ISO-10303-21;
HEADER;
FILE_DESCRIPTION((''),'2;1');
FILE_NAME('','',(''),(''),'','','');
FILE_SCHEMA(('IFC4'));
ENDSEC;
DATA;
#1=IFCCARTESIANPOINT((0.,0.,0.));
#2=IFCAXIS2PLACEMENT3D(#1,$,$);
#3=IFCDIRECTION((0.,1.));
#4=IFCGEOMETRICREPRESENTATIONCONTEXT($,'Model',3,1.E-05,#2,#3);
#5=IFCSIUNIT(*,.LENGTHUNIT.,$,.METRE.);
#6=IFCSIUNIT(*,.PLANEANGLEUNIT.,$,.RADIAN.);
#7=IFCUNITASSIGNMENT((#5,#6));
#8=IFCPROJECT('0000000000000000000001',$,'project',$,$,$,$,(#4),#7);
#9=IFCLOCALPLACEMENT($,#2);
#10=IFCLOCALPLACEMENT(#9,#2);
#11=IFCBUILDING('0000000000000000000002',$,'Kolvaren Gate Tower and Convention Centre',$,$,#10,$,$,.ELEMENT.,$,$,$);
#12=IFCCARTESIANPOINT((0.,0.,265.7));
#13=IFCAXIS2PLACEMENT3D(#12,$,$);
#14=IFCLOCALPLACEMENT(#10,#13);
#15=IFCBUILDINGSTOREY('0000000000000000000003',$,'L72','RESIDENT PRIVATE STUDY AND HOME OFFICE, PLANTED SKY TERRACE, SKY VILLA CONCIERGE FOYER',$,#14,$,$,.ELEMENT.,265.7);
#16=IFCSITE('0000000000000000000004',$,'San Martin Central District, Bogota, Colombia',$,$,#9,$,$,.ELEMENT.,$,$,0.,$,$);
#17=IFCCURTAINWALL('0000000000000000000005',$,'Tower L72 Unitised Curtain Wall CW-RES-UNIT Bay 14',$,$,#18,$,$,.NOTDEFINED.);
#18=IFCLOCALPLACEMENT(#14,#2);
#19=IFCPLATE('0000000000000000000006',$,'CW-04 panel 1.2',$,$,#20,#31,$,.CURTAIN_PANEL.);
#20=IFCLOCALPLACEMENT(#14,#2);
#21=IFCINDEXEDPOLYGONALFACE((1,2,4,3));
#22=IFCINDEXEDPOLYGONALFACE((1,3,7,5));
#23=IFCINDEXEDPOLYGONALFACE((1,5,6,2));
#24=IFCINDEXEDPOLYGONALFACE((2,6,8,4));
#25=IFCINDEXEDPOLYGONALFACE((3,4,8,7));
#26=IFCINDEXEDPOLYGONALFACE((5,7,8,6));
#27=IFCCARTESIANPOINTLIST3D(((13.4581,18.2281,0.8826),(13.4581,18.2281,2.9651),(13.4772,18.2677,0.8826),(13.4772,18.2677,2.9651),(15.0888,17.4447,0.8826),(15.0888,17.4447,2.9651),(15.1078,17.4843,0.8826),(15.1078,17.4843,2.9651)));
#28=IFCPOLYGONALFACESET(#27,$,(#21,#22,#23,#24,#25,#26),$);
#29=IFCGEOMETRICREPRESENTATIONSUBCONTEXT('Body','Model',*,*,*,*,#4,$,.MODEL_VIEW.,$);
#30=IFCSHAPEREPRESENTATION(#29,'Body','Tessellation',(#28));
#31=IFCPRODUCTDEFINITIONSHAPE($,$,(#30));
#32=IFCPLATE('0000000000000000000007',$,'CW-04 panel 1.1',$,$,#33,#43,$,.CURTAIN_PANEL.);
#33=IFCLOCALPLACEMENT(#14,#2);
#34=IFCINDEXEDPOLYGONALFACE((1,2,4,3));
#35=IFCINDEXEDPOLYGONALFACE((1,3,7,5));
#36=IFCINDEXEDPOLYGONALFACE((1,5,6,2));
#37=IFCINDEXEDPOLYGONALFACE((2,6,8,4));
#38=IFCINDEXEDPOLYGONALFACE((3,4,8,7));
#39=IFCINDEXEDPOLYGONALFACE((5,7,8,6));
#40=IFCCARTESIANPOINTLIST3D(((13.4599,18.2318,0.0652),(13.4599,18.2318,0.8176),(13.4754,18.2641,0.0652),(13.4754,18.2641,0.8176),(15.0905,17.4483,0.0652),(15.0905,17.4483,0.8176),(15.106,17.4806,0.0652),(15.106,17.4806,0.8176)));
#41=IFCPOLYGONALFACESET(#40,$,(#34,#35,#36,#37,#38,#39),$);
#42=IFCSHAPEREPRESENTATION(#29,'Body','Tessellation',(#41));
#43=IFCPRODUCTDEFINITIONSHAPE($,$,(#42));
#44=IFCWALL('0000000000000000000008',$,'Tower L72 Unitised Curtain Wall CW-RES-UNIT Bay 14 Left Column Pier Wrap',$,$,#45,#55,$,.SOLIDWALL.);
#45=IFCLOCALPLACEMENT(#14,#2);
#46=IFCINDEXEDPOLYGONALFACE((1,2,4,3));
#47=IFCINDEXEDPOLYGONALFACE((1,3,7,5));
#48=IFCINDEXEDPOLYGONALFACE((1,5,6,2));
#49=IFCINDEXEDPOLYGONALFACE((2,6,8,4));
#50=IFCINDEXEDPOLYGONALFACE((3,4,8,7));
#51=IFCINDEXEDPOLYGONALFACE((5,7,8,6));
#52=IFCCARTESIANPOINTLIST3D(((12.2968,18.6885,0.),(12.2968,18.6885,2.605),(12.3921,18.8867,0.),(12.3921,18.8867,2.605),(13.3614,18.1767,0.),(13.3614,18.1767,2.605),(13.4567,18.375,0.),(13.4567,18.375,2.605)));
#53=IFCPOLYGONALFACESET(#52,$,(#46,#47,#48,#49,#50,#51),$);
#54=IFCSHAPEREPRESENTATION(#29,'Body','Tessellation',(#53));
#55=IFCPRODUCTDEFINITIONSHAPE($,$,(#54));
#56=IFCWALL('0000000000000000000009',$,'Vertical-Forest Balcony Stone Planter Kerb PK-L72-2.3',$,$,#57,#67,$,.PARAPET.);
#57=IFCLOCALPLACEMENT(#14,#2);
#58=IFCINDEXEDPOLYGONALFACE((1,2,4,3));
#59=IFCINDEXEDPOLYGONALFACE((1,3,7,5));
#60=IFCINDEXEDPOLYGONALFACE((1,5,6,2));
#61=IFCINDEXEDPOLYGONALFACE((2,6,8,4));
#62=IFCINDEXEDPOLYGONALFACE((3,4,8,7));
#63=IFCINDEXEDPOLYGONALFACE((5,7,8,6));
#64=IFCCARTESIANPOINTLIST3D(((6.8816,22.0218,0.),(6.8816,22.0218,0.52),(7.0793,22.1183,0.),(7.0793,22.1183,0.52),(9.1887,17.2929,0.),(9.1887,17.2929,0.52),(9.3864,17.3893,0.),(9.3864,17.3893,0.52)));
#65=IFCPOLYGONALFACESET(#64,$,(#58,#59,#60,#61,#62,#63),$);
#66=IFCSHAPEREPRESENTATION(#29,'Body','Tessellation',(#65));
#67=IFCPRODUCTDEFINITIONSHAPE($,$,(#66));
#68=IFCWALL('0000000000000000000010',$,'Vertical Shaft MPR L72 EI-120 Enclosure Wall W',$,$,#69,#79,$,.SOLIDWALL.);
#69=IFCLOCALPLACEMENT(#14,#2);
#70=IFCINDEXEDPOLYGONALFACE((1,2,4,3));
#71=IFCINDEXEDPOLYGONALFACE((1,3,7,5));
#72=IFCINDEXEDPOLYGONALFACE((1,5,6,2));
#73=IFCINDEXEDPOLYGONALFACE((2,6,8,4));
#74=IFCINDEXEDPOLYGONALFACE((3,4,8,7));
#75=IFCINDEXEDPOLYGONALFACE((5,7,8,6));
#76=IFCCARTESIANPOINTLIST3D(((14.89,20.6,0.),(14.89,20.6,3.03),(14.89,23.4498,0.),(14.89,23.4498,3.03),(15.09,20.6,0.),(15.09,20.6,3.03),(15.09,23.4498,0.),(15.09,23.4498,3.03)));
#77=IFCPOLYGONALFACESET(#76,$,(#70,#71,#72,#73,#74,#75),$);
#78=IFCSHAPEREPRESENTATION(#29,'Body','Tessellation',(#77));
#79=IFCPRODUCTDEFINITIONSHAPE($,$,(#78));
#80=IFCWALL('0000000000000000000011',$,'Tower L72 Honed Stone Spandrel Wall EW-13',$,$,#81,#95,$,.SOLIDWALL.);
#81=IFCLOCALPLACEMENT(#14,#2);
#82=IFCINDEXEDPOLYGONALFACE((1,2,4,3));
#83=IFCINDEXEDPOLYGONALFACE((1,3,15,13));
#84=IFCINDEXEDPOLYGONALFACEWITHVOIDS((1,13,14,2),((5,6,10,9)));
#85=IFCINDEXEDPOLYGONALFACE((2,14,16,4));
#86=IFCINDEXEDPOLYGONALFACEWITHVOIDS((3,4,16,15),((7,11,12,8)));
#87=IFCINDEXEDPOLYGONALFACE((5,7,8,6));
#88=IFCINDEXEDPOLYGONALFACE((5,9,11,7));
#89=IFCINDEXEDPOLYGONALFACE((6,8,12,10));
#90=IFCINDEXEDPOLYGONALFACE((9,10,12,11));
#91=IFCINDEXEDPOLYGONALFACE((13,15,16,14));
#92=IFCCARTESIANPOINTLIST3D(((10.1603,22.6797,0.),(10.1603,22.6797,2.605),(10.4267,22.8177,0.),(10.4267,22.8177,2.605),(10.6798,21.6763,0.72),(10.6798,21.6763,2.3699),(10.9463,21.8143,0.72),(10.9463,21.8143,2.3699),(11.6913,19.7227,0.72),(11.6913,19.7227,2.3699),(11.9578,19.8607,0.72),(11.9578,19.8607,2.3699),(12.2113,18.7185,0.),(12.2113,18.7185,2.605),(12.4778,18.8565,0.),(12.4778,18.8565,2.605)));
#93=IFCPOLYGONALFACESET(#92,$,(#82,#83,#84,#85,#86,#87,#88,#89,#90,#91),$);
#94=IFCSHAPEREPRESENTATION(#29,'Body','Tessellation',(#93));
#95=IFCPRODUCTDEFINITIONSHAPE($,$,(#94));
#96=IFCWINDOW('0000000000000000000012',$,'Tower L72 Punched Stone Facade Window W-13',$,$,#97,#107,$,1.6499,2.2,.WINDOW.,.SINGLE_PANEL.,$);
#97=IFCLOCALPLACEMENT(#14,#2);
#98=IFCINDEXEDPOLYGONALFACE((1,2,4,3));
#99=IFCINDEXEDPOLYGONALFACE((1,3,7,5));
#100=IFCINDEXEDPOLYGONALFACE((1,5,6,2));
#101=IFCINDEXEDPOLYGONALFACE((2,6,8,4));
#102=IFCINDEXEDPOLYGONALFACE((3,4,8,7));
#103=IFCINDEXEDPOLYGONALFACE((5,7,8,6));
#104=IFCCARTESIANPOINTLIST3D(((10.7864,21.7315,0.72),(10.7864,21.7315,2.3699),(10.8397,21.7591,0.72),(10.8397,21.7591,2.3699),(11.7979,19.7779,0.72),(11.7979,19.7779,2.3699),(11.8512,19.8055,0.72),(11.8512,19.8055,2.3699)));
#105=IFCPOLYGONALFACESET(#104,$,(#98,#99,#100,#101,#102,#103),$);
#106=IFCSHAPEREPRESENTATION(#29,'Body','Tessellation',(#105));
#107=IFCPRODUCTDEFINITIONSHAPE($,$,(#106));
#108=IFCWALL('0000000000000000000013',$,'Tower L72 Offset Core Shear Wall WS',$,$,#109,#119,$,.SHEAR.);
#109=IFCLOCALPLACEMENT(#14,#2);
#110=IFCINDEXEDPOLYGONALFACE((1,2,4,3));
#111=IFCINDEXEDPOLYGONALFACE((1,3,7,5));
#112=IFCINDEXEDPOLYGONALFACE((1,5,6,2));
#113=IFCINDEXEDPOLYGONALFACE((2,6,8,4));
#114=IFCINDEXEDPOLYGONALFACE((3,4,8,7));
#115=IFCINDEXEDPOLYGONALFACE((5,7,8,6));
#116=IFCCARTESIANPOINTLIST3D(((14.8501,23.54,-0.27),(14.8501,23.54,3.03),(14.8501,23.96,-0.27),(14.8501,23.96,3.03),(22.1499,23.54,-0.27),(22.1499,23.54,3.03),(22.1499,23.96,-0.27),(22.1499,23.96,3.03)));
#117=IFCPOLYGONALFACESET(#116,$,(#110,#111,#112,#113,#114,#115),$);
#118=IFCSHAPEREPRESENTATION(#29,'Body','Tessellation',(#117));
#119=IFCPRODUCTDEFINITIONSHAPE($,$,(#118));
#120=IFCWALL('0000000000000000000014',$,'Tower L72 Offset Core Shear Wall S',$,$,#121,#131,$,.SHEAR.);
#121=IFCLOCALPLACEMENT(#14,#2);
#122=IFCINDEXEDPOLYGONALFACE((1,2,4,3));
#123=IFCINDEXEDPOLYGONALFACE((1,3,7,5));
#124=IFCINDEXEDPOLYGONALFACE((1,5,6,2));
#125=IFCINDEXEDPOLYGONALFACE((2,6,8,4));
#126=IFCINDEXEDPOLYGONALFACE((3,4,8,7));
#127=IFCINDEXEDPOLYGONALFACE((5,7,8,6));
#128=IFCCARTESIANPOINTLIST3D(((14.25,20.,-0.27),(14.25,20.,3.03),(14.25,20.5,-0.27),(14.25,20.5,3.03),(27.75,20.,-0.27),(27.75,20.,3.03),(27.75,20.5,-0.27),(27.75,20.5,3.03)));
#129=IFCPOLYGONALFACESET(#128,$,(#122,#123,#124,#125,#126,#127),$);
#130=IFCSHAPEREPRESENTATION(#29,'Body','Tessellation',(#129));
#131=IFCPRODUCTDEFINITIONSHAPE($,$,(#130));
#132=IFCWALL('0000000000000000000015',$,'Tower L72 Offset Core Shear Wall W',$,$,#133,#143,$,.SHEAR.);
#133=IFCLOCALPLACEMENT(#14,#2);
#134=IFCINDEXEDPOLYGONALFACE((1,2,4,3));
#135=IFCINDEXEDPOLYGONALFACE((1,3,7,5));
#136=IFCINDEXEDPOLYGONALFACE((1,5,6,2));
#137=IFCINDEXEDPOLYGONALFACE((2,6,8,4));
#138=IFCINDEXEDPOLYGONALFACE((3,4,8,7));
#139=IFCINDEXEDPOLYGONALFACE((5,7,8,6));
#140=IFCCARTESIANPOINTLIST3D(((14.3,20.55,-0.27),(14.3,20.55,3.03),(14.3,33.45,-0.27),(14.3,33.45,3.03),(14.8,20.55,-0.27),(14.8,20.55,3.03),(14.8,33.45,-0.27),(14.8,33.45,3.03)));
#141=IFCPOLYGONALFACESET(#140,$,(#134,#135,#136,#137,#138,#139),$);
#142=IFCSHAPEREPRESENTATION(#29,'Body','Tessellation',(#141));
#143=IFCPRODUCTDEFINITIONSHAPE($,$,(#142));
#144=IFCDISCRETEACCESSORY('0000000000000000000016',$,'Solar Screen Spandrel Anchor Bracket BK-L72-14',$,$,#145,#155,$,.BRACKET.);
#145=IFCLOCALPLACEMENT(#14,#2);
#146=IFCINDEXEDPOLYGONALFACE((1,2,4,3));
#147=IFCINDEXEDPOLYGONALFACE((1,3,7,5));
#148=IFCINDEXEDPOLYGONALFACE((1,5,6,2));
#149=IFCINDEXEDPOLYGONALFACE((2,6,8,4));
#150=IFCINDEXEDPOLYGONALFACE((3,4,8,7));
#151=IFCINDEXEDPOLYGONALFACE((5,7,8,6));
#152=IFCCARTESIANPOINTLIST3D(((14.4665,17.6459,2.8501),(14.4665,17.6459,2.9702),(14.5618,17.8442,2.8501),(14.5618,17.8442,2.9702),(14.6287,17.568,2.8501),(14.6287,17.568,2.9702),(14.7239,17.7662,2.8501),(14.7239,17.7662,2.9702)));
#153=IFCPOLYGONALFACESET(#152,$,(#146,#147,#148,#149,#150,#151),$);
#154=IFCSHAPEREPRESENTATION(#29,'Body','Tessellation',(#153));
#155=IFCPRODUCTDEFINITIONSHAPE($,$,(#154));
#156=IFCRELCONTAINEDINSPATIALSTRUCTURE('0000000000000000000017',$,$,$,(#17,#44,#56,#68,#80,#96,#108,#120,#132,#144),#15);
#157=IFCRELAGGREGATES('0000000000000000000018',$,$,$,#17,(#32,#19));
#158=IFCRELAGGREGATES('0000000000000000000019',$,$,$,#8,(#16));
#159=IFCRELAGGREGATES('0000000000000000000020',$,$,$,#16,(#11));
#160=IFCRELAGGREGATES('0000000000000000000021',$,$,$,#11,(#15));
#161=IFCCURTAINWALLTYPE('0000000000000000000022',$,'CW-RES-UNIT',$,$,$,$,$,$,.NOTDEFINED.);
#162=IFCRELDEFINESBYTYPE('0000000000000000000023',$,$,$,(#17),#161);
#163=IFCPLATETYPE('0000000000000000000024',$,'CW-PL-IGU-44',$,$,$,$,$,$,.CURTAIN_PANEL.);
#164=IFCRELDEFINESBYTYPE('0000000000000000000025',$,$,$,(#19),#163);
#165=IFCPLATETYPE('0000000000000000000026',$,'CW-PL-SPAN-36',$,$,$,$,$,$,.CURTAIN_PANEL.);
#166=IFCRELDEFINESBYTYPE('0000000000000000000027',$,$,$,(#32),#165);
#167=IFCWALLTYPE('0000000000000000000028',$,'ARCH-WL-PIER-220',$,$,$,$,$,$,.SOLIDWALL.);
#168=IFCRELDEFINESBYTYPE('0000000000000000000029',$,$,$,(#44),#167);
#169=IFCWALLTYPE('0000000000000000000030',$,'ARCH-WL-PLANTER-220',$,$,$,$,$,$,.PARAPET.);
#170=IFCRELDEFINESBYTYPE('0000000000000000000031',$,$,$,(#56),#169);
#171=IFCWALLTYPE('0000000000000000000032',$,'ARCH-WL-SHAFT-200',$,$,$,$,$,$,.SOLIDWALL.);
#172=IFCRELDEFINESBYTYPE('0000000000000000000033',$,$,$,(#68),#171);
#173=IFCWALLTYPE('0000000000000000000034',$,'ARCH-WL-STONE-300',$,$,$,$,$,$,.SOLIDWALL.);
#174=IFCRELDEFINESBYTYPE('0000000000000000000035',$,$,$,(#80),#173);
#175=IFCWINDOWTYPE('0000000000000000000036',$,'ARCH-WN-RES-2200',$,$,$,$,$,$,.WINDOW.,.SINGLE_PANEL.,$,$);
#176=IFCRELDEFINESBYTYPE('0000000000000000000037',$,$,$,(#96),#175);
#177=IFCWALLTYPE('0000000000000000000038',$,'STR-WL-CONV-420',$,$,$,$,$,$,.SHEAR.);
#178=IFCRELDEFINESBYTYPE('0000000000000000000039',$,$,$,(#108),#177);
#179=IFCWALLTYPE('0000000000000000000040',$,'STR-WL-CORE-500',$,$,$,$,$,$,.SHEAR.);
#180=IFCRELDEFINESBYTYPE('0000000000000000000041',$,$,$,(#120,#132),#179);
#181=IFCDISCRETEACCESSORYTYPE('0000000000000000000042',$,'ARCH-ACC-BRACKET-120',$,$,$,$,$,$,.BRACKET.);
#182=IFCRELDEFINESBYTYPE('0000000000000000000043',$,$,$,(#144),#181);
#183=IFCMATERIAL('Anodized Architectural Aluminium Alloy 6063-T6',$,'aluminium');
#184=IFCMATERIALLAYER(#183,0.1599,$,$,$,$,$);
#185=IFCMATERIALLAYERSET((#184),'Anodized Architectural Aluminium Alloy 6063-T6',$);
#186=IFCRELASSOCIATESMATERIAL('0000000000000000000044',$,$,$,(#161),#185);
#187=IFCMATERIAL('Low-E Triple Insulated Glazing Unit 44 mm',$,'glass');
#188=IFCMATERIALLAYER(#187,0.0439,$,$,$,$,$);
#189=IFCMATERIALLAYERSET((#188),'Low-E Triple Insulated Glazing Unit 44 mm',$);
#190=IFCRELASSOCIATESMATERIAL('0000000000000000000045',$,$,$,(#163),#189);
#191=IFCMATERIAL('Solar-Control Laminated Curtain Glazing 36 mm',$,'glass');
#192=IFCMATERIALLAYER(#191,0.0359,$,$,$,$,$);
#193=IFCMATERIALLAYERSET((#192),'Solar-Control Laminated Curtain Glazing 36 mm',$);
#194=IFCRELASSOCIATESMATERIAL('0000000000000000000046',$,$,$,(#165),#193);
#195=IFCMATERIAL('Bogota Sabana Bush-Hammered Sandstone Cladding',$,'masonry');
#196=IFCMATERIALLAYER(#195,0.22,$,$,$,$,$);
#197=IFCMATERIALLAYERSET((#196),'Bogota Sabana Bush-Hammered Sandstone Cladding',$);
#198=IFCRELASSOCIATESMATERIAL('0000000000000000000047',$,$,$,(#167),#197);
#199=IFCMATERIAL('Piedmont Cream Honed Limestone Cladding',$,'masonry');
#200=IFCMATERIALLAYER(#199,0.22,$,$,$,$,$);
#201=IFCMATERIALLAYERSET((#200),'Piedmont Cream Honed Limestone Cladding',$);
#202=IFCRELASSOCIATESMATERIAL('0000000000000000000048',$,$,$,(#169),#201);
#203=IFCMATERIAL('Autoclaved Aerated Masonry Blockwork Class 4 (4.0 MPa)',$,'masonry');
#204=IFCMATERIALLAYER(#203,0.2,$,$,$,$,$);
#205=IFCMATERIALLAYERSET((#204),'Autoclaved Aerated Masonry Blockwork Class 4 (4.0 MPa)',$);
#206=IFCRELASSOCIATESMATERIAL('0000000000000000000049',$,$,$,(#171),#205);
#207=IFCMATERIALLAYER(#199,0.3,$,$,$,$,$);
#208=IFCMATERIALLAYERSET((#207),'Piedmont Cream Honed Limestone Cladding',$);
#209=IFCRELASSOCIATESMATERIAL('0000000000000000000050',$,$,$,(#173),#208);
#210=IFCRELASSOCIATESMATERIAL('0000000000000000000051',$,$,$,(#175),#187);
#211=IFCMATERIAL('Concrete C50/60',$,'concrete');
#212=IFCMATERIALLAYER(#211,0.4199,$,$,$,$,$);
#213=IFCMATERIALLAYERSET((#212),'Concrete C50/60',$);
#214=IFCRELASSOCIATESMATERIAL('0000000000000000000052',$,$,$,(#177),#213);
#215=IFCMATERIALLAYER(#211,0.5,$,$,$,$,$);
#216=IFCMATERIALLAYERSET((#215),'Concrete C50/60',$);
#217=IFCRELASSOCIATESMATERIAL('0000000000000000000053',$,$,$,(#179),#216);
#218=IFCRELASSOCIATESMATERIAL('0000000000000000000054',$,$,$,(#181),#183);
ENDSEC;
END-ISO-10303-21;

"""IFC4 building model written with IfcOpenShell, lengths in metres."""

from ifc_helpers import new_model, si_unit, direction, frame, frame_2d, origin, origin_2d, place, context, subcontext, project, spatial, rectangle, extrude, material, layer, layer_set, type_object, element, fill, aggregate, save


model = new_model("IFC4")

# Units and contexts
model_context = context("Model", 3, precision=1e-05, world=origin(), true_north=direction((0.0, 1.0)))
body_context = subcontext(model_context, "Body", "Model", "MODEL_VIEW")
ifc_project = project(units=[si_unit("LENGTHUNIT", "METRE"), si_unit("PLANEANGLEUNIT", "RADIAN")], contexts=[model_context])

# Site, building, storey
site_placement = place(None, origin())
site = spatial("IfcSite", under=ifc_project, at=site_placement, Name="San Martin Central District, Bogota, Colombia", CompositionType="ELEMENT", RefElevation=0.0)
building_placement = place(site_placement, origin())
building = spatial("IfcBuilding", under=site, at=building_placement, Name="Kolvaren Gate Tower and Convention Centre", CompositionType="ELEMENT")
storey_placement = place(building_placement, frame((0.0, 0.0, 265.7)))
storey = spatial("IfcBuildingStorey", under=building, at=storey_placement, Name="L72", Description="RESIDENT PRIVATE STUDY AND HOME OFFICE, PLANTED SKY TERRACE, SKY VILLA CONCIERGE FOYER", CompositionType="ELEMENT", Elevation=265.7)

# Curtain wall
ifc_material_1 = material(Name="Anodized Architectural Aluminium Alloy 6063-T6", Category="aluminium")
ifc_layer_1 = layer(ifc_material_1, 0.1599)
ifc_layer_set_1 = layer_set([ifc_layer_1], Name="Anodized Architectural Aluminium Alloy 6063-T6")
curtain_wall_type = type_object("IfcCurtainWallType", Name="CW-RES-UNIT", PredefinedType="NOTDEFINED", material=ifc_layer_set_1)
curtain_wall_placement = place(storey_placement, origin())
curtain_wall = element("IfcCurtainWall", 1, at=curtain_wall_placement, inside=storey, type_object=curtain_wall_type, Name="Tower L72 Unitised Curtain Wall CW-RES-UNIT Bay 14", PredefinedType="NOTDEFINED")

# Plates
ifc_material_2 = material(Name="Low-E Triple Insulated Glazing Unit 44 mm", Category="glass")
ifc_layer_2 = layer(ifc_material_2, 0.0439)
ifc_layer_set_2 = layer_set([ifc_layer_2], Name="Low-E Triple Insulated Glazing Unit 44 mm")
plate_type_1 = type_object("IfcPlateType", Name="CW-PL-IGU-44", PredefinedType="CURTAIN_PANEL", material=ifc_layer_set_2)
plate_1_placement = place(storey_placement, frame((14.283, 17.8562, 0.8826), z_axis=(0.0, 0.0, 1.0), x_axis=(0.90136, -0.43307, 0.0)))
plate_1 = element("IfcPlate", 2, at=plate_1_placement, type_object=plate_type_1, Name="CW-04 panel 1.2", PredefinedType="CURTAIN_PANEL", context=body_context, shape_type="SweptSolid", body=[
    extrude(rectangle(XDim=1.8091, YDim=0.0439, at=origin_2d()), origin(), (0.0, 0.0, 1.0), 2.0825),
])
ifc_material_3 = material(Name="Solar-Control Laminated Curtain Glazing 36 mm", Category="glass")
ifc_layer_3 = layer(ifc_material_3, 0.0359)
ifc_layer_set_3 = layer_set([ifc_layer_3], Name="Solar-Control Laminated Curtain Glazing 36 mm")
plate_type_2 = type_object("IfcPlateType", Name="CW-PL-SPAN-36", PredefinedType="CURTAIN_PANEL", material=ifc_layer_set_3)
plate_2_placement = place(storey_placement, frame((14.283, 17.8562, 0.0652), z_axis=(0.0, 0.0, 1.0), x_axis=(0.90136, -0.43307, 0.0)))
plate_2 = element("IfcPlate", 3, at=plate_2_placement, type_object=plate_type_2, Name="CW-04 panel 1.1", PredefinedType="CURTAIN_PANEL", context=body_context, shape_type="SweptSolid", body=[
    extrude(rectangle(XDim=1.8091, YDim=0.0359, at=origin_2d()), origin(), (0.0, 0.0, 1.0), 0.7524),
])
aggregate(curtain_wall, [plate_2, plate_1])

# Walls
ifc_material_4 = material(Name="Bogota Sabana Bush-Hammered Sandstone Cladding", Category="masonry")
ifc_layer_4 = layer(ifc_material_4, 0.22)
ifc_layer_set_4 = layer_set([ifc_layer_4], Name="Bogota Sabana Bush-Hammered Sandstone Cladding")
wall_type_1 = type_object("IfcWallType", Name="ARCH-WL-PIER-220", PredefinedType="SOLIDWALL", material=ifc_layer_set_4)
wall_1_placement = place(storey_placement, frame((12.3445, 18.7876, 0.0), z_axis=(0.0, 0.0, 1.0), x_axis=(0.901265, -0.433269, 0.0)))
element("IfcWall", 4, at=wall_1_placement, inside=storey, type_object=wall_type_1, Name="Tower L72 Unitised Curtain Wall CW-RES-UNIT Bay 14 Left Column Pier Wrap", PredefinedType="SOLIDWALL", context=body_context, shape_type="SweptSolid", body=[
    extrude(rectangle(XDim=1.1812, YDim=0.22, at=frame_2d((0.5906, 0.0))), origin(), (0.0, 0.0, 1.0), 2.605),
])
ifc_material_5 = material(Name="Piedmont Cream Honed Limestone Cladding", Category="masonry")
ifc_layer_5 = layer(ifc_material_5, 0.22)
ifc_layer_set_5 = layer_set([ifc_layer_5], Name="Piedmont Cream Honed Limestone Cladding")
wall_type_2 = type_object("IfcWallType", Name="ARCH-WL-PLANTER-220", PredefinedType="PARAPET", material=ifc_layer_set_5)
wall_2_placement = place(storey_placement, frame((6.9805, 22.0701, 0.0), z_axis=(0.0, 0.0, 1.0), x_axis=(0.438469, -0.898746, 0.0)))
element("IfcWall", 5, at=wall_2_placement, inside=storey, type_object=wall_type_2, Name="Vertical-Forest Balcony Stone Planter Kerb PK-L72-2.3", PredefinedType="PARAPET", context=body_context, shape_type="SweptSolid", body=[
    extrude(rectangle(XDim=5.2617, YDim=0.22, at=frame_2d((2.6309, 0.0))), origin(), (0.0, 0.0, 1.0), 0.52),
])
ifc_material_6 = material(Name="Autoclaved Aerated Masonry Blockwork Class 4 (4.0 MPa)", Category="masonry")
ifc_layer_6 = layer(ifc_material_6, 0.2)
ifc_layer_set_6 = layer_set([ifc_layer_6], Name="Autoclaved Aerated Masonry Blockwork Class 4 (4.0 MPa)")
wall_type_3 = type_object("IfcWallType", Name="ARCH-WL-SHAFT-200", PredefinedType="SOLIDWALL", material=ifc_layer_set_6)
wall_3_placement = place(storey_placement, frame((14.99, 20.6001, 0.0), z_axis=(0.0, 0.0, 1.0), x_axis=(0.0, 1.0, 0.0)))
element("IfcWall", 6, at=wall_3_placement, inside=storey, type_object=wall_type_3, Name="Vertical Shaft MPR L72 EI-120 Enclosure Wall W", PredefinedType="SOLIDWALL", context=body_context, shape_type="SweptSolid", body=[
    extrude(rectangle(XDim=2.8499, YDim=0.2, at=frame_2d((1.4248, 0.0))), origin(), (0.0, 0.0, 1.0), 3.03),
])

# Wall, opening, window
ifc_layer_7 = layer(ifc_material_5, 0.3)
ifc_layer_set_7 = layer_set([ifc_layer_7], Name="Piedmont Cream Honed Limestone Cladding")
wall_type_4 = type_object("IfcWallType", Name="ARCH-WL-STONE-300", PredefinedType="SOLIDWALL", material=ifc_layer_set_7)
wall_4_placement = place(storey_placement, frame((10.2935, 22.7488, 0.0), z_axis=(0.0, 0.0, 1.0), x_axis=(0.459801, -0.888022, 0.0)))
wall_4 = element("IfcWall", 7, at=wall_4_placement, inside=storey, type_object=wall_type_4, Name="Tower L72 Honed Stone Spandrel Wall EW-13", PredefinedType="SOLIDWALL", context=body_context, shape_type="SweptSolid", body=[
    extrude(rectangle(XDim=4.4607, YDim=0.3, at=frame_2d((2.2305, 0.0))), origin(), (0.0, 0.0, 1.0), 2.605),
])
opening_placement = place(wall_4_placement, frame((1.1299, 0.0, 0.72)))
opening = element("IfcOpeningElement", 8, at=opening_placement, cuts=wall_4, PredefinedType="OPENING", context=body_context, shape_type="SweptSolid", body=[
    extrude(rectangle(XDim=2.2, YDim=1.6499, at=frame_2d((1.1001, 0.825))), frame((0.0, 0.1599, 0.0), z_axis=(0.0, -1.0, 0.0), x_axis=(1.0, 0.0, 0.0)), (0.0, 0.0, 1.0), 0.3201),
])
window_type = type_object("IfcWindowType", Name="ARCH-WN-RES-2200", PartitioningType="SINGLE_PANEL", PredefinedType="WINDOW", material=ifc_material_2)
window_placement = place(opening_placement, origin())
window = element("IfcWindow", 9, at=window_placement, inside=storey, type_object=window_type, Name="Tower L72 Punched Stone Facade Window W-13", OverallHeight=1.6499, OverallWidth=2.2, PartitioningType="SINGLE_PANEL", PredefinedType="WINDOW", context=body_context, shape_type="SweptSolid", body=[
    extrude(rectangle(XDim=2.2, YDim=1.6499, at=frame_2d((1.1001, 0.825))), frame((0.0, 0.03, 0.0), z_axis=(0.0, -1.0, 0.0), x_axis=(1.0, 0.0, 0.0)), (0.0, 0.0, 1.0), 0.0601),
])
fill(opening, window)

# Walls
ifc_material_7 = material(Name="Concrete C50/60", Category="concrete")
ifc_layer_8 = layer(ifc_material_7, 0.4199)
ifc_layer_set_8 = layer_set([ifc_layer_8], Name="Concrete C50/60")
wall_type_5 = type_object("IfcWallType", Name="STR-WL-CONV-420", PredefinedType="SHEAR", material=ifc_layer_set_8)
wall_5_placement = place(storey_placement, frame((14.8501, 23.75, -0.27), z_axis=(0.0, 0.0, 1.0), x_axis=(1.0, 0.0, 0.0)))
element("IfcWall", 10, at=wall_5_placement, inside=storey, type_object=wall_type_5, Name="Tower L72 Offset Core Shear Wall WS", PredefinedType="SHEAR", context=body_context, shape_type="SweptSolid", body=[
    extrude(rectangle(XDim=7.2998, YDim=0.4199, at=frame_2d((3.6499, 0.0))), origin(), (0.0, 0.0, 1.0), 3.3),
])
ifc_layer_9 = layer(ifc_material_7, 0.5)
ifc_layer_set_9 = layer_set([ifc_layer_9], Name="Concrete C50/60")
wall_type_6 = type_object("IfcWallType", Name="STR-WL-CORE-500", PredefinedType="SHEAR", material=ifc_layer_set_9)
wall_6_placement = place(storey_placement, frame((14.25, 20.25, -0.27), z_axis=(0.0, 0.0, 1.0), x_axis=(1.0, 0.0, 0.0)))
element("IfcWall", 11, at=wall_6_placement, inside=storey, type_object=wall_type_6, Name="Tower L72 Offset Core Shear Wall S", PredefinedType="SHEAR", context=body_context, shape_type="SweptSolid", body=[
    extrude(rectangle(XDim=13.5, YDim=0.5, at=frame_2d((6.75, 0.0))), origin(), (0.0, 0.0, 1.0), 3.3),
])
wall_7_placement = place(storey_placement, frame((14.55, 20.55, -0.27), z_axis=(0.0, 0.0, 1.0), x_axis=(0.0, 1.0, 0.0)))
element("IfcWall", 12, at=wall_7_placement, inside=storey, type_object=wall_type_6, Name="Tower L72 Offset Core Shear Wall W", PredefinedType="SHEAR", context=body_context, shape_type="SweptSolid", body=[
    extrude(rectangle(XDim=12.8999, YDim=0.5, at=frame_2d((6.45, 0.0))), origin(), (0.0, 0.0, 1.0), 3.3),
])

# Discrete accessory
discrete_accessory_type = type_object("IfcDiscreteAccessoryType", Name="ARCH-ACC-BRACKET-120", PredefinedType="BRACKET", material=ifc_material_1)
discrete_accessory_placement = place(storey_placement, frame((14.5952, 17.7061, 2.8501), z_axis=(0.0, 0.0, 1.0), x_axis=(0.901356, -0.433079, 0.0)))
element("IfcDiscreteAccessory", 13, at=discrete_accessory_placement, inside=storey, type_object=discrete_accessory_type, Name="Solar Screen Spandrel Anchor Bracket BK-L72-14", PredefinedType="BRACKET", context=body_context, shape_type="SweptSolid", body=[
    extrude(rectangle(XDim=0.1799, YDim=0.22, at=origin_2d()), origin(), (0.0, 0.0, 1.0), 0.1201),
])

save(model, "model.ifc")
